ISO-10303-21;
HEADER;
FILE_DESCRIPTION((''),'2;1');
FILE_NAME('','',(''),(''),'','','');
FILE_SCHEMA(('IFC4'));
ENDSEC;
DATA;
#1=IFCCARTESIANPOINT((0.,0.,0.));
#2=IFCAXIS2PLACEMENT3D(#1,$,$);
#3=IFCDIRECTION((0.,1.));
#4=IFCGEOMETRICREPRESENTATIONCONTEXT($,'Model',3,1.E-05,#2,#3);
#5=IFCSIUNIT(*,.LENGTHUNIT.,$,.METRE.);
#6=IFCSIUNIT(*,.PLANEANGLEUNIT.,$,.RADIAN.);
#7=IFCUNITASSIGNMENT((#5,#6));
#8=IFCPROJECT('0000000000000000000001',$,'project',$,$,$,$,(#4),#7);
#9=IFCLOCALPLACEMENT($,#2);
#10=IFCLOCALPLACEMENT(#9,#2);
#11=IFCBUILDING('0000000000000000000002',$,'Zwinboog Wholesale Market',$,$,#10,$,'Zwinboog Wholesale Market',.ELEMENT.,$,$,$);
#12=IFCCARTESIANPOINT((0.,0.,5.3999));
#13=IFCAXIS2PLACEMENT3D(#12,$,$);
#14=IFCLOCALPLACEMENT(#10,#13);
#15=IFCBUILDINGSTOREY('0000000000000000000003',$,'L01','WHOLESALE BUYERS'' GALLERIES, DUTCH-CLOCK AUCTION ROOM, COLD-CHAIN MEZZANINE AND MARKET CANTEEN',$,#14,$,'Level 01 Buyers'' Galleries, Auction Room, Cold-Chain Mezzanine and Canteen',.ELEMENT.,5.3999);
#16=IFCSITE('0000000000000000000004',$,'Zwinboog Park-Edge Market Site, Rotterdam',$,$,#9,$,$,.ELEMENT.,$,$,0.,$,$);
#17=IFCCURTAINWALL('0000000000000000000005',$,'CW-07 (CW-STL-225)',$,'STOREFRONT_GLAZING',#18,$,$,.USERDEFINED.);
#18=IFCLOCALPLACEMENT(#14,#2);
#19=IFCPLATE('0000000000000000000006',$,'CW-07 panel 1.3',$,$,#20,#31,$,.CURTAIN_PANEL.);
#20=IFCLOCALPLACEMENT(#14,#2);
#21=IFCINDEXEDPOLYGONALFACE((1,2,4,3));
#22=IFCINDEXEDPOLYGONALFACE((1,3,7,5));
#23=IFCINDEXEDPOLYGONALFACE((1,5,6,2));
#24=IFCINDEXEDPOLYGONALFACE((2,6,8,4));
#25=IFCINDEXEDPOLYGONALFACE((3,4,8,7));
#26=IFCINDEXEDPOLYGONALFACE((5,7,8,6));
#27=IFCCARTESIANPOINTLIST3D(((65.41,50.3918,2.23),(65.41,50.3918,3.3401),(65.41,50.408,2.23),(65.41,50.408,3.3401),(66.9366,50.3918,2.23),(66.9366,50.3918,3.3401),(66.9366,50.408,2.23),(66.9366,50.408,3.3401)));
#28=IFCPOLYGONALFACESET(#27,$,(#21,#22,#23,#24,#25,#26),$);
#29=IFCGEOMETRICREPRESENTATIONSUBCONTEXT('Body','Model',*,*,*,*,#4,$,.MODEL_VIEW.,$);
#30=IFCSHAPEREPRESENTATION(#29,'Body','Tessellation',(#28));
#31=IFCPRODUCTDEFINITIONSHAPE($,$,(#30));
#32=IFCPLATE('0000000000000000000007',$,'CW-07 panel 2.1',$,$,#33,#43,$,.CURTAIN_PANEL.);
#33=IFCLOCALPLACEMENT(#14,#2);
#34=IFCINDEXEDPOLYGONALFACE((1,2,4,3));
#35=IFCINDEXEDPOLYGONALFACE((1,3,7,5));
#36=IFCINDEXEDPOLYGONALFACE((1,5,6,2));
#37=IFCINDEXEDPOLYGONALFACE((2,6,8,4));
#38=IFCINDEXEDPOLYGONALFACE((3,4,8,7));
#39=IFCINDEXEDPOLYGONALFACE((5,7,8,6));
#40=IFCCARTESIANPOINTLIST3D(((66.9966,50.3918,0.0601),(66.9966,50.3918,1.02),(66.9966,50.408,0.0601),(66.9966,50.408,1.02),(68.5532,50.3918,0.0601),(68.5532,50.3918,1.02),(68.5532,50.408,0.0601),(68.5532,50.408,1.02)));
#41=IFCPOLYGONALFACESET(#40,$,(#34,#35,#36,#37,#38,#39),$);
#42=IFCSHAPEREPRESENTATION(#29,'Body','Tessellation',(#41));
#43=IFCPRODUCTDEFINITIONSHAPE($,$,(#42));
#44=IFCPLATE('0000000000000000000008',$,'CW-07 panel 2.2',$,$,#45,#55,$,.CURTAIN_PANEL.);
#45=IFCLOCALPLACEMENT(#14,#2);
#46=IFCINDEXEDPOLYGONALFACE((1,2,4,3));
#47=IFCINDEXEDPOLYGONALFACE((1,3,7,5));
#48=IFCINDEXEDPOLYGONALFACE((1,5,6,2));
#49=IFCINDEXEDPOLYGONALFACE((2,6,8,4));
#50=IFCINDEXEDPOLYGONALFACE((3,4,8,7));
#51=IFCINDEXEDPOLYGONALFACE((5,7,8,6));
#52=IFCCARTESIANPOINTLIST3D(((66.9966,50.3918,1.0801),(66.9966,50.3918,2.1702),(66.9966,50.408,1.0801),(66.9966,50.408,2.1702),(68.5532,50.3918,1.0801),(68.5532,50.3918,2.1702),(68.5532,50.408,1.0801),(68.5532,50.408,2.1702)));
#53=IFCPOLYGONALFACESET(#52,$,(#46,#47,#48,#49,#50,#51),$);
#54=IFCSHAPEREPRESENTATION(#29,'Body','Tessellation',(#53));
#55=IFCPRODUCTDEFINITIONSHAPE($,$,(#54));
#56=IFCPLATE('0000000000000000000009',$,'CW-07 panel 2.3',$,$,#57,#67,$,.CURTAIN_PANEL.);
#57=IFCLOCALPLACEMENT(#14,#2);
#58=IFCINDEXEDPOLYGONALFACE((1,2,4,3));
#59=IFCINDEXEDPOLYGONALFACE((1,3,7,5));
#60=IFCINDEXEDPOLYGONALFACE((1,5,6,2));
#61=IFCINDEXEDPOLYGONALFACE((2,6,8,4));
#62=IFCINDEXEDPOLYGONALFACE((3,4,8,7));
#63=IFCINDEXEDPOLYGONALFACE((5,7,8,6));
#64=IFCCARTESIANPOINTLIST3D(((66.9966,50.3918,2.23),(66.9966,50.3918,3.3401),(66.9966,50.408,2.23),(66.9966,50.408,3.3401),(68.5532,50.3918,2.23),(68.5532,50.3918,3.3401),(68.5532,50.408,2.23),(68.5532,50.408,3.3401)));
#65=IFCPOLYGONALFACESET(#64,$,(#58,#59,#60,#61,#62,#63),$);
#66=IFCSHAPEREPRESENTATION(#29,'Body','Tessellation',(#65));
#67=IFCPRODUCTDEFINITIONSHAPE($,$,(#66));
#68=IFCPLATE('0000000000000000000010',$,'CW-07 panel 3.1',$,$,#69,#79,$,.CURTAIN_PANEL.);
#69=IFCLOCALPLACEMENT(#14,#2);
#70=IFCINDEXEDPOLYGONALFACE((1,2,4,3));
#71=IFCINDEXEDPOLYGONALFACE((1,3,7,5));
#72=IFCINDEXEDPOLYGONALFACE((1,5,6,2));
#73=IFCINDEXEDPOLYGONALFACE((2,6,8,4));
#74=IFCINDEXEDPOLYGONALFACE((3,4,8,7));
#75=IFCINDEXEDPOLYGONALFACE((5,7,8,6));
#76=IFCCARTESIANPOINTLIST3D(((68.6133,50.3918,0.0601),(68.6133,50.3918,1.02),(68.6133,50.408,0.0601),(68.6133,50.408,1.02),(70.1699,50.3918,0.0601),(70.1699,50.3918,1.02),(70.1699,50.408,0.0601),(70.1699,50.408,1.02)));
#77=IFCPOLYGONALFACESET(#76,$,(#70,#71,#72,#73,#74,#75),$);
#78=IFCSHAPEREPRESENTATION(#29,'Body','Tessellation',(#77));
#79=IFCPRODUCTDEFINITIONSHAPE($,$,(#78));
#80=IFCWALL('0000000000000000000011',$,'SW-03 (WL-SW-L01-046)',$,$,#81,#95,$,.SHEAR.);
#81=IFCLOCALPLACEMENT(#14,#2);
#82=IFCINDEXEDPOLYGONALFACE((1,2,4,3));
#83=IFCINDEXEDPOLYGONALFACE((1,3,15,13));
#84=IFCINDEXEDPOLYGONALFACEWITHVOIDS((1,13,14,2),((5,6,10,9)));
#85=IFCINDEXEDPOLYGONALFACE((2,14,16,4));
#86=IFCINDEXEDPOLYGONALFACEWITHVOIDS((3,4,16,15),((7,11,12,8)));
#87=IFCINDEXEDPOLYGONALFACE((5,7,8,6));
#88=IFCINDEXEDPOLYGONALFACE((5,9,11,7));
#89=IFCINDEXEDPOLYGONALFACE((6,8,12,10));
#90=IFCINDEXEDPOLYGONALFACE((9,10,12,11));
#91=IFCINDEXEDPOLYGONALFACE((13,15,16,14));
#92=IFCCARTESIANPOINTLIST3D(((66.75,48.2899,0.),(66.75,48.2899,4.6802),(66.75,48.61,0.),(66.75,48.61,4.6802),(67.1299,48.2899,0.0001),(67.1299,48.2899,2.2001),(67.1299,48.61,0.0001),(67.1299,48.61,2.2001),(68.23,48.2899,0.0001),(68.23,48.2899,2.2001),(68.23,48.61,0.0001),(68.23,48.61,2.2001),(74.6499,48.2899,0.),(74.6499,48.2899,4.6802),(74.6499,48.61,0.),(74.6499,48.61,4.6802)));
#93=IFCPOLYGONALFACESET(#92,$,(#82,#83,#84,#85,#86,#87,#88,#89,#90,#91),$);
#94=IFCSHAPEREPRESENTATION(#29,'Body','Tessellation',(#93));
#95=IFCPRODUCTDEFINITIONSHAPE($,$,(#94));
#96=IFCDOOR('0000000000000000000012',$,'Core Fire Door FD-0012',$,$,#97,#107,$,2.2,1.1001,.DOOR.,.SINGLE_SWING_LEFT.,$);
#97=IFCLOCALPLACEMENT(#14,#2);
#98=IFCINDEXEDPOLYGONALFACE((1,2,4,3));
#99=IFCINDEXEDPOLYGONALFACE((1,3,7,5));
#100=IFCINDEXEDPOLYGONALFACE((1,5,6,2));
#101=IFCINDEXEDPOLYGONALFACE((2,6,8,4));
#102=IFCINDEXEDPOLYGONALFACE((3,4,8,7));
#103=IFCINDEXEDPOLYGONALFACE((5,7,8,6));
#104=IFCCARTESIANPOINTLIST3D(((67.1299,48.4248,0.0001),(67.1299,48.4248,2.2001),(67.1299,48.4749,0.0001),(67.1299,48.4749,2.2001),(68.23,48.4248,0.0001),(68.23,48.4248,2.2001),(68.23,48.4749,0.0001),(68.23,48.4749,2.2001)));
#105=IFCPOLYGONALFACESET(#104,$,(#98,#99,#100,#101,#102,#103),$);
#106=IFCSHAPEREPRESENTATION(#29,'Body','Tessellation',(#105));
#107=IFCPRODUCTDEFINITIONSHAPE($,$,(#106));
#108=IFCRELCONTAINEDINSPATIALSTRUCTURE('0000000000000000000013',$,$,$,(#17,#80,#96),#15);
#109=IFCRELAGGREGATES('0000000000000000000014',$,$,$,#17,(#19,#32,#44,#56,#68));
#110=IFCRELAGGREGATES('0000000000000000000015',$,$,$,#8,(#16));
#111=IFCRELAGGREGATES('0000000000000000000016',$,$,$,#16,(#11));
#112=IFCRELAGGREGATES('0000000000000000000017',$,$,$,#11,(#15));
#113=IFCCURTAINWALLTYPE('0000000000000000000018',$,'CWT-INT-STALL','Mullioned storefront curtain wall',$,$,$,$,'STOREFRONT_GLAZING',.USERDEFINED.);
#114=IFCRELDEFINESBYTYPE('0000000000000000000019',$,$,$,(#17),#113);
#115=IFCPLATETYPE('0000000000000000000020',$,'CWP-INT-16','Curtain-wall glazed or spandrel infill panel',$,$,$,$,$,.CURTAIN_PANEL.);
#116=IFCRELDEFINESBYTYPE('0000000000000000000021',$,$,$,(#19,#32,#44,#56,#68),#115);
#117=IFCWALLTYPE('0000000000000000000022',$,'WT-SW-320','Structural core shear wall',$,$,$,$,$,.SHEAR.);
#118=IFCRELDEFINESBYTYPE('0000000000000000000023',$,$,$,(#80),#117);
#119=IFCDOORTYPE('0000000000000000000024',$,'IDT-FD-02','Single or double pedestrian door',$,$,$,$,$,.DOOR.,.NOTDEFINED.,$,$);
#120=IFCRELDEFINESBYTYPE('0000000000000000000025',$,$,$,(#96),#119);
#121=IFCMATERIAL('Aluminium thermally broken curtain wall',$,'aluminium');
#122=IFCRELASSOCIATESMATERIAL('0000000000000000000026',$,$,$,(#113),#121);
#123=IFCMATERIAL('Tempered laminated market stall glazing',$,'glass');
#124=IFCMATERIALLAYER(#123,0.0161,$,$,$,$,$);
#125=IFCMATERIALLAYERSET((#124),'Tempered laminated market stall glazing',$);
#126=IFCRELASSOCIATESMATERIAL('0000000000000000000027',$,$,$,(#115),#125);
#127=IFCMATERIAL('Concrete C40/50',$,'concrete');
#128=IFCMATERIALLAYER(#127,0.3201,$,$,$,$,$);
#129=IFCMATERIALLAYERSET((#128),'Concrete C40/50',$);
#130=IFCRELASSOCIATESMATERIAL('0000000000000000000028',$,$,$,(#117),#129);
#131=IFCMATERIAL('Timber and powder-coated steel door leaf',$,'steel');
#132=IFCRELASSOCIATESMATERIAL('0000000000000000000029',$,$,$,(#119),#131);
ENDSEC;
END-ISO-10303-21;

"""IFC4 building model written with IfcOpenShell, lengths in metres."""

from ifc_helpers import new_model, si_unit, direction, frame, frame_2d, origin, origin_2d, place, context, subcontext, project, spatial, rectangle, extrude, material, layer, layer_set, type_object, element, fill, aggregate, save


model = new_model("IFC4")

# Units and contexts
model_context = context("Model", 3, precision=1e-05, world=origin(), true_north=direction((0.0, 1.0)))
body_context = subcontext(model_context, "Body", "Model", "MODEL_VIEW")
ifc_project = project(units=[si_unit("LENGTHUNIT", "METRE"), si_unit("PLANEANGLEUNIT", "RADIAN")], contexts=[model_context])

# Site, building, storey
site_placement = place(None, origin())
site = spatial("IfcSite", under=ifc_project, at=site_placement, Name="Zwinboog Park-Edge Market Site, Rotterdam", CompositionType="ELEMENT", RefElevation=0.0)
building_placement = place(site_placement, origin())
building = spatial("IfcBuilding", under=site, at=building_placement, Name="Zwinboog Wholesale Market", LongName="Zwinboog Wholesale Market", CompositionType="ELEMENT")
storey_placement = place(building_placement, frame((0.0, 0.0, 5.3999)))
storey = spatial("IfcBuildingStorey", under=building, at=storey_placement, Name="L01", Description="WHOLESALE BUYERS' GALLERIES, DUTCH-CLOCK AUCTION ROOM, COLD-CHAIN MEZZANINE AND MARKET CANTEEN", LongName="Level 01 Buyers' Galleries, Auction Room, Cold-Chain Mezzanine and Canteen", CompositionType="ELEMENT", Elevation=5.3999)

# Curtain wall, plates
ifc_material_1 = material(Name="Aluminium thermally broken curtain wall", Category="aluminium")
curtain_wall_type = type_object("IfcCurtainWallType", Name="CWT-INT-STALL", Description="Mullioned storefront curtain wall", ElementType="STOREFRONT_GLAZING", PredefinedType="USERDEFINED", material=ifc_material_1)
curtain_wall_placement = place(storey_placement, origin())
curtain_wall = element("IfcCurtainWall", 1, at=curtain_wall_placement, inside=storey, type_object=curtain_wall_type, Name="CW-07 (CW-STL-225)", ObjectType="STOREFRONT_GLAZING", PredefinedType="USERDEFINED")
ifc_material_2 = material(Name="Tempered laminated market stall glazing", Category="glass")
ifc_layer_1 = layer(ifc_material_2, 0.0161)
ifc_layer_set_1 = layer_set([ifc_layer_1], Name="Tempered laminated market stall glazing")
plate_type = type_object("IfcPlateType", Name="CWP-INT-16", Description="Curtain-wall glazed or spandrel infill panel", PredefinedType="CURTAIN_PANEL", material=ifc_layer_set_1)
plate_1_placement = place(storey_placement, frame((66.1733, 50.3999, 2.23), z_axis=(0.0, 0.0, 1.0), x_axis=(1.0, 0.0, 0.0)))
plate_1 = element("IfcPlate", 2, at=plate_1_placement, type_object=plate_type, Name="CW-07 panel 1.3", PredefinedType="CURTAIN_PANEL", context=body_context, shape_type="SweptSolid", body=[
    extrude(rectangle(XDim=1.5266, YDim=0.0161, at=origin_2d()), origin(), (0.0, 0.0, 1.0), 1.1101),
])
plate_2_placement = place(storey_placement, frame((67.7749, 50.3999, 0.0601), z_axis=(0.0, 0.0, 1.0), x_axis=(1.0, 0.0, 0.0)))
plate_2 = element("IfcPlate", 3, at=plate_2_placement, type_object=plate_type, Name="CW-07 panel 2.1", PredefinedType="CURTAIN_PANEL", context=body_context, shape_type="SweptSolid", body=[
    extrude(rectangle(XDim=1.5566, YDim=0.0161, at=origin_2d()), origin(), (0.0, 0.0, 1.0), 0.96),
])
plate_3_placement = place(storey_placement, frame((67.7749, 50.3999, 1.0801), z_axis=(0.0, 0.0, 1.0), x_axis=(1.0, 0.0, 0.0)))
plate_3 = element("IfcPlate", 4, at=plate_3_placement, type_object=plate_type, Name="CW-07 panel 2.2", PredefinedType="CURTAIN_PANEL", context=body_context, shape_type="SweptSolid", body=[
    extrude(rectangle(XDim=1.5566, YDim=0.0161, at=origin_2d()), origin(), (0.0, 0.0, 1.0), 1.0901),
])
plate_4_placement = place(storey_placement, frame((67.7749, 50.3999, 2.23), z_axis=(0.0, 0.0, 1.0), x_axis=(1.0, 0.0, 0.0)))
plate_4 = element("IfcPlate", 5, at=plate_4_placement, type_object=plate_type, Name="CW-07 panel 2.3", PredefinedType="CURTAIN_PANEL", context=body_context, shape_type="SweptSolid", body=[
    extrude(rectangle(XDim=1.5566, YDim=0.0161, at=origin_2d()), origin(), (0.0, 0.0, 1.0), 1.1101),
])
plate_5_placement = place(storey_placement, frame((69.3916, 50.3999, 0.0601), z_axis=(0.0, 0.0, 1.0), x_axis=(1.0, 0.0, 0.0)))
plate_5 = element("IfcPlate", 6, at=plate_5_placement, type_object=plate_type, Name="CW-07 panel 3.1", PredefinedType="CURTAIN_PANEL", context=body_context, shape_type="SweptSolid", body=[
    extrude(rectangle(XDim=1.5566, YDim=0.0161, at=origin_2d()), origin(), (0.0, 0.0, 1.0), 0.96),
])
aggregate(curtain_wall, [plate_1, plate_2, plate_3, plate_4, plate_5])

# Wall, opening, door
ifc_material_3 = material(Name="Concrete C40/50", Category="concrete")
ifc_layer_2 = layer(ifc_material_3, 0.3201)
ifc_layer_set_2 = layer_set([ifc_layer_2], Name="Concrete C40/50")
wall_type = type_object("IfcWallType", Name="WT-SW-320", Description="Structural core shear wall", PredefinedType="SHEAR", material=ifc_layer_set_2)
wall_placement = place(storey_placement, frame((66.75, 48.45, 0.0), z_axis=(0.0, 0.0, 1.0), x_axis=(1.0, 0.0, 0.0)))
wall = element("IfcWall", 7, at=wall_placement, inside=storey, type_object=wall_type, Name="SW-03 (WL-SW-L01-046)", PredefinedType="SHEAR", context=body_context, shape_type="SweptSolid", body=[
    extrude(rectangle(XDim=7.8999, YDim=0.3201, at=frame_2d((3.95, 0.0))), origin(), (0.0, 0.0, 1.0), 4.6802),
])
opening_placement = place(wall_placement, frame((0.3799, 0.0, 0.0)))
opening = element("IfcOpeningElement", 8, at=opening_placement, cuts=wall, PredefinedType="OPENING", context=body_context, shape_type="SweptSolid", body=[
    extrude(rectangle(XDim=1.1001, YDim=2.2, at=frame_2d((0.55, 1.1001))), frame((0.0, 0.1699, 0.0), z_axis=(0.0, -1.0, 0.0), x_axis=(1.0, 0.0, 0.0)), (0.0, 0.0, 1.0), 0.3401),
])
ifc_material_4 = material(Name="Timber and powder-coated steel door leaf", Category="steel")
door_type = type_object("IfcDoorType", Name="IDT-FD-02", Description="Single or double pedestrian door", OperationType="NOTDEFINED", PredefinedType="DOOR", material=ifc_material_4)
door_placement = place(opening_placement, origin())
door = element("IfcDoor", 9, at=door_placement, inside=storey, type_object=door_type, Name="Core Fire Door FD-0012", OperationType="SINGLE_SWING_LEFT", OverallHeight=2.2, OverallWidth=1.1001, PredefinedType="DOOR", context=body_context, shape_type="SweptSolid", body=[
    extrude(rectangle(XDim=1.1001, YDim=2.2, at=frame_2d((0.55, 1.1001))), frame((0.0, 0.0249, 0.0), z_axis=(0.0, -1.0, 0.0), x_axis=(1.0, 0.0, 0.0)), (0.0, 0.0, 1.0), 0.05),
])
fill(opening, door)

save(model, "model.ifc")
